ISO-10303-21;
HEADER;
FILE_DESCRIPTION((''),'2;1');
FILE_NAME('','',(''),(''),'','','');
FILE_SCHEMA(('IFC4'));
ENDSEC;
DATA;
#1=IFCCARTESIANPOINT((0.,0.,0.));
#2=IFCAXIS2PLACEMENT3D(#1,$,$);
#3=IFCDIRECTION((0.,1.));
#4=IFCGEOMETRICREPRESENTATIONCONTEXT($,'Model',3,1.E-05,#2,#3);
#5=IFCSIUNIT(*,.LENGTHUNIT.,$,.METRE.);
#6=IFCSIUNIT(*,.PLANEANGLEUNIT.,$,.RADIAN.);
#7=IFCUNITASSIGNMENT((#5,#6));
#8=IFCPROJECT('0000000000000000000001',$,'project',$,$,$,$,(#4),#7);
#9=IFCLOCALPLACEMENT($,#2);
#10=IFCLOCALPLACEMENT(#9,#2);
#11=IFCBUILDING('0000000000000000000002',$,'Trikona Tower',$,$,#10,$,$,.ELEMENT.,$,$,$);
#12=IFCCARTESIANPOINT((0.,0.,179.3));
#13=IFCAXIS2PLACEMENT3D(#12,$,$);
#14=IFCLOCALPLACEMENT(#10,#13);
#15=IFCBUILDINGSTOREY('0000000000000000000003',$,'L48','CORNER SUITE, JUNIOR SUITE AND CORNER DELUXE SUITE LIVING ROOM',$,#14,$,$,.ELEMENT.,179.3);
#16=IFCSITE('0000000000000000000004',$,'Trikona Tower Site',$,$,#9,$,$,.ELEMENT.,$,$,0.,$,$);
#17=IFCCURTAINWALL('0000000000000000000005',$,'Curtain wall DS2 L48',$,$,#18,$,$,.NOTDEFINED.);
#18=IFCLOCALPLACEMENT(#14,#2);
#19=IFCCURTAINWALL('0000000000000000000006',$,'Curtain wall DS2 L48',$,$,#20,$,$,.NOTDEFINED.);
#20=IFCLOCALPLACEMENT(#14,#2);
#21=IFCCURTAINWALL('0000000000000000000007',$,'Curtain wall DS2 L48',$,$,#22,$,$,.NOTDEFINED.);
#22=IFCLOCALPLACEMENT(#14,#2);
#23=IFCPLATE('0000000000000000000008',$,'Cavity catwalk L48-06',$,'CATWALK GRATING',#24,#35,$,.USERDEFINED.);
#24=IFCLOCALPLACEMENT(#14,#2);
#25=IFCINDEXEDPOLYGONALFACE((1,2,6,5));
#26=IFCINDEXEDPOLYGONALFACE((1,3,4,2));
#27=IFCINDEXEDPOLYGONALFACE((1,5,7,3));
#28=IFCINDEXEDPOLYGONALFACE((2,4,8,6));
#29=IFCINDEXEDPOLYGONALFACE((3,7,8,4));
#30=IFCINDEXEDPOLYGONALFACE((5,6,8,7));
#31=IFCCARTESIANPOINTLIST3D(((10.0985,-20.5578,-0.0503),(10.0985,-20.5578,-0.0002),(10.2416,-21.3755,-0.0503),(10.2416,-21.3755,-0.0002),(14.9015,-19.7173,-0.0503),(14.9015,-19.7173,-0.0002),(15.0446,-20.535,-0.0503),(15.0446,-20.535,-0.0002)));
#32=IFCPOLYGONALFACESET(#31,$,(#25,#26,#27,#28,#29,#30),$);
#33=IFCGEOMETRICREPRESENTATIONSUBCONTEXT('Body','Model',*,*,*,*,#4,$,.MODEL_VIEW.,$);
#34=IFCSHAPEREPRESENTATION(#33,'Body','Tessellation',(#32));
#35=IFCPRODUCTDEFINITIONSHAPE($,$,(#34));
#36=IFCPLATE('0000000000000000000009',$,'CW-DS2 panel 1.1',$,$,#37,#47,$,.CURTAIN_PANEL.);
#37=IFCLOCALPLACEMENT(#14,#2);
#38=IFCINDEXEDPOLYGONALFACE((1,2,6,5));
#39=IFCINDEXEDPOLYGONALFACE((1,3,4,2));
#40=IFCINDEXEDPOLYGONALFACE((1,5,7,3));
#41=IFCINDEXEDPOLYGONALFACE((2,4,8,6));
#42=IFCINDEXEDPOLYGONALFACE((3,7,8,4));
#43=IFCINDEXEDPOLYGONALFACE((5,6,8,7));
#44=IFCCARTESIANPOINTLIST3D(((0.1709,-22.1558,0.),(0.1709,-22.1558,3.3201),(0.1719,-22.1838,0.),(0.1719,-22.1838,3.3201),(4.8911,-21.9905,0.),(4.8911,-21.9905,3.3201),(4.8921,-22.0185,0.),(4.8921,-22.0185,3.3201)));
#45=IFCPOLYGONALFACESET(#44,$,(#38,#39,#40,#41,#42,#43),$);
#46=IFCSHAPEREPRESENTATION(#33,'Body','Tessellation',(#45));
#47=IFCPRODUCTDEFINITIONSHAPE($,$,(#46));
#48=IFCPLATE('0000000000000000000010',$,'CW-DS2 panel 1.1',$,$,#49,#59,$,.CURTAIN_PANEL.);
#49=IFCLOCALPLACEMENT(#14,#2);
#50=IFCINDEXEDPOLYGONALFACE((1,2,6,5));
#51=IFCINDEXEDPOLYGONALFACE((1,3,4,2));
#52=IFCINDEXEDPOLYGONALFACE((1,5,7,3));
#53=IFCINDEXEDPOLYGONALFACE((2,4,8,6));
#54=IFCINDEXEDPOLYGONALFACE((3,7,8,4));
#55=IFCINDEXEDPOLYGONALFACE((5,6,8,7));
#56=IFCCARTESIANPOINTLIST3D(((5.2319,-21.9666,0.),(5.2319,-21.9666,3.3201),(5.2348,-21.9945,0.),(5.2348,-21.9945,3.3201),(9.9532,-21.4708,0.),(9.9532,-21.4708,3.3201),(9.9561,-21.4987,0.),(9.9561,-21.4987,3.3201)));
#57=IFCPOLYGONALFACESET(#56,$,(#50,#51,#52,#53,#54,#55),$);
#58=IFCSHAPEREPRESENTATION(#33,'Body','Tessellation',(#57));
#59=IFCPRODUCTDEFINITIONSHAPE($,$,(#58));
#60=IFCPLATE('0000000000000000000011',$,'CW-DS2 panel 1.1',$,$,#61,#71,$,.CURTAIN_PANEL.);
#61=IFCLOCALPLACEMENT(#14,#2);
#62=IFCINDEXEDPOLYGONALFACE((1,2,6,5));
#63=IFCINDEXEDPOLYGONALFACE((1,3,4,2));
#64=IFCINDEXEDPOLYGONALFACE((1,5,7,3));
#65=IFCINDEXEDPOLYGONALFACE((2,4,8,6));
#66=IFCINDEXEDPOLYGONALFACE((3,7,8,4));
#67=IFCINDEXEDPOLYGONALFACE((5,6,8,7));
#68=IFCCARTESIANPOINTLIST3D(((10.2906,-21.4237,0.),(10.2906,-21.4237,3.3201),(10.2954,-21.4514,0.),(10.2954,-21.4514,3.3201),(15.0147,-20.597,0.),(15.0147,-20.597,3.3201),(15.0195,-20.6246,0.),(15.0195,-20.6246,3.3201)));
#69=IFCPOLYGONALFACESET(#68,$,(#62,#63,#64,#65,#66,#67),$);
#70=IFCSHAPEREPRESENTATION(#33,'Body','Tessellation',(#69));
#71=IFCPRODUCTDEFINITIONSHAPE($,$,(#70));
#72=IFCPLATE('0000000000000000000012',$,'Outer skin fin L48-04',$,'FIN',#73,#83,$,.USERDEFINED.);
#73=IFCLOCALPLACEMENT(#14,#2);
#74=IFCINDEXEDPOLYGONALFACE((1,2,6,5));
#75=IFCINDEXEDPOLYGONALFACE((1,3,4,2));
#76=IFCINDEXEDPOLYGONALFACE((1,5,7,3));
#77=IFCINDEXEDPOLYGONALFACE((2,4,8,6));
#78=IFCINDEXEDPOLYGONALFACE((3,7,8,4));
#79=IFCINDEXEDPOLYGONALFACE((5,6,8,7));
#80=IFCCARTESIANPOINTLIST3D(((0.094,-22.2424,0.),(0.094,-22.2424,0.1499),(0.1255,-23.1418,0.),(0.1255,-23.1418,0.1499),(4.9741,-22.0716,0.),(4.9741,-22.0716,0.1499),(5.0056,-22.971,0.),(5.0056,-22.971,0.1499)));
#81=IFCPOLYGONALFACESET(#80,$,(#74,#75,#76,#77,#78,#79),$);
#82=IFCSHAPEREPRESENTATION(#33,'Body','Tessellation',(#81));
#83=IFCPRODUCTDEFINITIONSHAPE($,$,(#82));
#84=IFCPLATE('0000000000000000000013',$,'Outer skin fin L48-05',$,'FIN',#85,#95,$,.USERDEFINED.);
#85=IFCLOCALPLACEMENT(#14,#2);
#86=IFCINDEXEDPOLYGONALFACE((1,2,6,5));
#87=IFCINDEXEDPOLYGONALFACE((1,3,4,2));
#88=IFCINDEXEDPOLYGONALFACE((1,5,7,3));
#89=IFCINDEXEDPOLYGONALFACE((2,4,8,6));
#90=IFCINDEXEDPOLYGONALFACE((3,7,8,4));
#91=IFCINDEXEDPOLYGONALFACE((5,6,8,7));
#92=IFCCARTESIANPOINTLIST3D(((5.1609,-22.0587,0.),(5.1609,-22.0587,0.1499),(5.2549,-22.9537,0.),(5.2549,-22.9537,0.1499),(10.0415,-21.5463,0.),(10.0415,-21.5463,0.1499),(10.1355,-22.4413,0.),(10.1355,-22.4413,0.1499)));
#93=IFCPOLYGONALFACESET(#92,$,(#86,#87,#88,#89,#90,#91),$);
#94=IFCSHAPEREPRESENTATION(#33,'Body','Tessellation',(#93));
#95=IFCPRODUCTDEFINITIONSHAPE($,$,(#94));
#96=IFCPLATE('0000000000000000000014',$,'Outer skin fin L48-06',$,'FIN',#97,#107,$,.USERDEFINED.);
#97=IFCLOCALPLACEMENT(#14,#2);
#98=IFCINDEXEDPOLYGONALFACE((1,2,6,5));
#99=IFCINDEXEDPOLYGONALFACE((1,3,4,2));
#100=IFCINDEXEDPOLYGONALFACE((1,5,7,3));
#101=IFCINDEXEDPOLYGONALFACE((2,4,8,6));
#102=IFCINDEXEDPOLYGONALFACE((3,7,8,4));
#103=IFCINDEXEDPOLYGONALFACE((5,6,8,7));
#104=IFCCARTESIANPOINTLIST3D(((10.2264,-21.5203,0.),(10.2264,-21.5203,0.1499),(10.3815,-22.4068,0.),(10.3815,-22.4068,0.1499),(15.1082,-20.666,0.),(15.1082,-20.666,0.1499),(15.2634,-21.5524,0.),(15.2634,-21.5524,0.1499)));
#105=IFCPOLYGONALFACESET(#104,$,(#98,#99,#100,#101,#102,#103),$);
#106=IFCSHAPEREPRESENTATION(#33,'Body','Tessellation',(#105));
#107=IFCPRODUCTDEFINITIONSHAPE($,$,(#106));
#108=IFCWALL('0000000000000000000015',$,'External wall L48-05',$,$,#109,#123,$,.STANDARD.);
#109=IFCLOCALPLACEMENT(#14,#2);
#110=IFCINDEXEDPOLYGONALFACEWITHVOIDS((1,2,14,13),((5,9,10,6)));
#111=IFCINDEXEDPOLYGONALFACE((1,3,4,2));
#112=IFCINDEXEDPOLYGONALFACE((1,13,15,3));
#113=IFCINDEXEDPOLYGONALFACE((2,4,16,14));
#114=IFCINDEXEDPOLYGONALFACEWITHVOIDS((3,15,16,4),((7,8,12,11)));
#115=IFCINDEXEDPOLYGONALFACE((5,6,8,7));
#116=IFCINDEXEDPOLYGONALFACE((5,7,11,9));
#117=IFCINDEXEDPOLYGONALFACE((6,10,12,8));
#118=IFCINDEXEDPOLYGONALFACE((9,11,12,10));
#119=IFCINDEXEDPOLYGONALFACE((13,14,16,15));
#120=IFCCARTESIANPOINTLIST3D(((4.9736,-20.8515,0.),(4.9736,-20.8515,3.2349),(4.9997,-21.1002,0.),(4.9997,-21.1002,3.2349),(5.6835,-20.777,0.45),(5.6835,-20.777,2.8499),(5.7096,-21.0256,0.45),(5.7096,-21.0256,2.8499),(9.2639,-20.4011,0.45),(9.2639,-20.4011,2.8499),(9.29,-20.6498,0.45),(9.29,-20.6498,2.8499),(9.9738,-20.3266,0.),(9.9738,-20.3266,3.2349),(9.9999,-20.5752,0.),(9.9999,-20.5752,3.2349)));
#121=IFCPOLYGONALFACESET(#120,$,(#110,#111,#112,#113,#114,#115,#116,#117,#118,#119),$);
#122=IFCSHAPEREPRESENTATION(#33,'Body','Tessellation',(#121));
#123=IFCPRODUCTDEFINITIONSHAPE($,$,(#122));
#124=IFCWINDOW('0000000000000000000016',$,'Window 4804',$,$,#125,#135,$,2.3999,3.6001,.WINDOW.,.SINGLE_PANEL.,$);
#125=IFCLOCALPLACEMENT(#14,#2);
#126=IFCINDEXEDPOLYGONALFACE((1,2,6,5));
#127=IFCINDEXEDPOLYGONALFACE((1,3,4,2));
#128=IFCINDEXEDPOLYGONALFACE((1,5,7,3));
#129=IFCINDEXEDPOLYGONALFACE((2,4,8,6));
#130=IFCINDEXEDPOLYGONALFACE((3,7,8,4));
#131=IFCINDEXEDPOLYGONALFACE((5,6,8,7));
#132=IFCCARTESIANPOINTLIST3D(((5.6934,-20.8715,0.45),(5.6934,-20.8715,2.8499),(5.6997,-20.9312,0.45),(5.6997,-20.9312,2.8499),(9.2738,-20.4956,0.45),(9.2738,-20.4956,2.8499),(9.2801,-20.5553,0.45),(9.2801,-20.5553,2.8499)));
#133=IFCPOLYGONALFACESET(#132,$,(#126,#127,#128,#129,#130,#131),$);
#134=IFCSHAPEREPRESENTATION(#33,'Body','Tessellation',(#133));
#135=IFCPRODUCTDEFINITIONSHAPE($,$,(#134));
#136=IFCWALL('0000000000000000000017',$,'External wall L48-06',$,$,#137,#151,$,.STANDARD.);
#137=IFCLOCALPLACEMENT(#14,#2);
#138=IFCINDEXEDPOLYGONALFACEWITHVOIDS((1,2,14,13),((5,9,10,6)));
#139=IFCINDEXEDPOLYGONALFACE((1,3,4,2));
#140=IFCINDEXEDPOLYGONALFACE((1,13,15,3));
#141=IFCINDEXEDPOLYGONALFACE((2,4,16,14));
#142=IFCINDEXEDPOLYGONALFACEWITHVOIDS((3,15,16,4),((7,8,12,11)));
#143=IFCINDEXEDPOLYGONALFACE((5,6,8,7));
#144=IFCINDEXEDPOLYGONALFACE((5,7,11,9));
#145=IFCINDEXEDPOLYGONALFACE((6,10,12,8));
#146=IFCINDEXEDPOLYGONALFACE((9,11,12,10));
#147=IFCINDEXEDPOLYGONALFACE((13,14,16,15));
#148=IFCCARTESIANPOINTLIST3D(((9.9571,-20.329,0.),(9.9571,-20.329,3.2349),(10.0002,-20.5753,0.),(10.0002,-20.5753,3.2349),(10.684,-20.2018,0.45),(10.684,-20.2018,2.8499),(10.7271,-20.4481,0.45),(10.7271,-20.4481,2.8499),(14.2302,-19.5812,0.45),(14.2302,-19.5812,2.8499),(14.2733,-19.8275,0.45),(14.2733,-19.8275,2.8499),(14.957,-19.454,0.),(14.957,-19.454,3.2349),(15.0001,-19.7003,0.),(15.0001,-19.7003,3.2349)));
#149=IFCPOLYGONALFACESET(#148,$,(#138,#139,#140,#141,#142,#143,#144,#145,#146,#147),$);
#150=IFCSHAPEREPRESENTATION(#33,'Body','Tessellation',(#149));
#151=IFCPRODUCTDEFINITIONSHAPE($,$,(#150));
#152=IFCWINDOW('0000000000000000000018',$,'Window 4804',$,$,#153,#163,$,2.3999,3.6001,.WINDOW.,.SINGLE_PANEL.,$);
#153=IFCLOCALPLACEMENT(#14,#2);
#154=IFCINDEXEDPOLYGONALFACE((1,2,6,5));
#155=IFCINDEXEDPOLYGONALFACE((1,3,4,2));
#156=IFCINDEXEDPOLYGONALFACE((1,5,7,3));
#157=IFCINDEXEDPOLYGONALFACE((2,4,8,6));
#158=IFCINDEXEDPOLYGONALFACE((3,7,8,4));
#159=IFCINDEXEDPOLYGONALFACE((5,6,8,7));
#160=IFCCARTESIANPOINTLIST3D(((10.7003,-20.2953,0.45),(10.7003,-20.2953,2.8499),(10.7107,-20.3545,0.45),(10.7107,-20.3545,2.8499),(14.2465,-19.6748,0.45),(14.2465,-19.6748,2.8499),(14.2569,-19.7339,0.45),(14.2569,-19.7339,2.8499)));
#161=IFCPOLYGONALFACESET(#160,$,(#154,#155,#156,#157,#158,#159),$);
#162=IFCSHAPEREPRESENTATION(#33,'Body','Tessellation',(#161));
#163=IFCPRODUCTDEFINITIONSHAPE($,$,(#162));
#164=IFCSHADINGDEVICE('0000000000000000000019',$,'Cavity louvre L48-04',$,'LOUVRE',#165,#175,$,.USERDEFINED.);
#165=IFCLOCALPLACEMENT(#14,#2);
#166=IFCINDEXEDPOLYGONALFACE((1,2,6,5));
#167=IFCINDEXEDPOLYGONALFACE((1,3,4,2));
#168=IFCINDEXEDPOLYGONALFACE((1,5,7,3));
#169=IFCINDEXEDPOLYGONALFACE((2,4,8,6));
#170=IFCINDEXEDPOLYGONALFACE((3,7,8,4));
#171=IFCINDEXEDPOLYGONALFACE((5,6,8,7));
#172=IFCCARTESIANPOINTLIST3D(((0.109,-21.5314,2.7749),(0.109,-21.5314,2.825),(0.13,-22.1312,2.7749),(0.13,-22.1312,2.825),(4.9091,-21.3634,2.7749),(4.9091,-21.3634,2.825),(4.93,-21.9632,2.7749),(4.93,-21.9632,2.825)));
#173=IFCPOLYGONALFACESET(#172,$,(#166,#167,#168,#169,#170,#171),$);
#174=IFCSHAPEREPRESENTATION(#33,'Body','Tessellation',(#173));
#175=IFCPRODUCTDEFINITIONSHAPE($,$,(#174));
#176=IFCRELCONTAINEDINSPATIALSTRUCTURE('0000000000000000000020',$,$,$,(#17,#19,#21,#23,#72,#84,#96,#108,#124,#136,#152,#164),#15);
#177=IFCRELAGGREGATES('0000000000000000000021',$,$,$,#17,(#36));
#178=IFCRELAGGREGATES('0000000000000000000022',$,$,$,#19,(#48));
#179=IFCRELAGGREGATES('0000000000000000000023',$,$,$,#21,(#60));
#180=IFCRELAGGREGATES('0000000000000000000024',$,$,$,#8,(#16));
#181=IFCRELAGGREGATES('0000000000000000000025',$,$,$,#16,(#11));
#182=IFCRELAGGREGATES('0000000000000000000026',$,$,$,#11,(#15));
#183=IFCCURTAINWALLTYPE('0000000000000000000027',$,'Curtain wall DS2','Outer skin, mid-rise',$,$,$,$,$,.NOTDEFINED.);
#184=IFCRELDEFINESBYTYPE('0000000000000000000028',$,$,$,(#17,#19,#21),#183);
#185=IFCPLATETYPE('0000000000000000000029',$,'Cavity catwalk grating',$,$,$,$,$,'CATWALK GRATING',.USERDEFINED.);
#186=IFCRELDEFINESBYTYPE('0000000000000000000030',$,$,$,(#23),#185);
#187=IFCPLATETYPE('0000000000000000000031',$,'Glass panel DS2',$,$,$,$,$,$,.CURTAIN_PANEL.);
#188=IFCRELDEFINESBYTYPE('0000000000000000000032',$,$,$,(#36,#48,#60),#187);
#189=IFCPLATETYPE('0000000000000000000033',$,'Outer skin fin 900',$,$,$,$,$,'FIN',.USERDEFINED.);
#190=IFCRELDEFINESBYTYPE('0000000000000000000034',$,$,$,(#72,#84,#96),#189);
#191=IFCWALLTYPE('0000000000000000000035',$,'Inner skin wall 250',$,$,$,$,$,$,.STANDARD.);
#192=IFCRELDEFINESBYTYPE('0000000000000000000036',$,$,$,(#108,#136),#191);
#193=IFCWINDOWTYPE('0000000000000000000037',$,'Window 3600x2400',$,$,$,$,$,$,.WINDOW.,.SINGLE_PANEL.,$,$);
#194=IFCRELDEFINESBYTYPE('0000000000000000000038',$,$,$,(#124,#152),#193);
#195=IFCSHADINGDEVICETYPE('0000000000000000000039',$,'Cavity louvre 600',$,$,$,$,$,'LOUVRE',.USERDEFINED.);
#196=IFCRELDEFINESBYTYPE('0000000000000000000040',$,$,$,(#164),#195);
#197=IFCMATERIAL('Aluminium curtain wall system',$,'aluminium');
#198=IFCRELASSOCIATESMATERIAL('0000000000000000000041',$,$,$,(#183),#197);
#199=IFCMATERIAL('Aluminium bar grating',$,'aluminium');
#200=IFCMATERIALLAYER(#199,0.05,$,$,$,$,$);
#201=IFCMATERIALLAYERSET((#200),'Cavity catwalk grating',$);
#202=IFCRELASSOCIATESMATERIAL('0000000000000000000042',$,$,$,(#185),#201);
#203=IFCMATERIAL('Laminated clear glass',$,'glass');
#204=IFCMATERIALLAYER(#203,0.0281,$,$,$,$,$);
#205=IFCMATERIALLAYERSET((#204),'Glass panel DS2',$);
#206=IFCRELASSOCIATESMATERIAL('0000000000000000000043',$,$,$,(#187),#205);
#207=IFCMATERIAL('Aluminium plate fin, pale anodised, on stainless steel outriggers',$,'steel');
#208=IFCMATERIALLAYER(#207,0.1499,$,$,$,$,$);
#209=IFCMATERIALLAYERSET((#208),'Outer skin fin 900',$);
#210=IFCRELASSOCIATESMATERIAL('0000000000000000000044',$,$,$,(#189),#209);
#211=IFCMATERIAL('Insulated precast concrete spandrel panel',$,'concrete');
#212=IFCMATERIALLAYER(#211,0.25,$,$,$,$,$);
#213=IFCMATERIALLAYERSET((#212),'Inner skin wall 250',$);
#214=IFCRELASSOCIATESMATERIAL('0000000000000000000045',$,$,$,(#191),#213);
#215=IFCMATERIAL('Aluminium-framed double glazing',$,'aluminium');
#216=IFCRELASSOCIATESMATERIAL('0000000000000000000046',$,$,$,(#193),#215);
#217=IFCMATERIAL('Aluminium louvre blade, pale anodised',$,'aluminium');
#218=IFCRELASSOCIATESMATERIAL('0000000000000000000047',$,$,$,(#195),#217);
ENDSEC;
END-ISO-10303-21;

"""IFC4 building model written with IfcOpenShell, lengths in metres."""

from ifc_helpers import new_model, si_unit, direction, frame, frame_2d, origin, origin_2d, place, context, subcontext, project, spatial, rectangle, extrude, material, layer, layer_set, type_object, element, fill, aggregate, save


model = new_model("IFC4")

# Units and contexts
model_context = context("Model", 3, precision=1e-05, world=origin(), true_north=direction((0.0, 1.0)))
body_context = subcontext(model_context, "Body", "Model", "MODEL_VIEW")
ifc_project = project(units=[si_unit("LENGTHUNIT", "METRE"), si_unit("PLANEANGLEUNIT", "RADIAN")], contexts=[model_context])

# Site, building, storey
site_placement = place(None, origin())
site = spatial("IfcSite", under=ifc_project, at=site_placement, Name="Trikona Tower Site", CompositionType="ELEMENT", RefElevation=0.0)
building_placement = place(site_placement, origin())
building = spatial("IfcBuilding", under=site, at=building_placement, Name="Trikona Tower", CompositionType="ELEMENT")
storey_placement = place(building_placement, frame((0.0, 0.0, 179.3)))
storey = spatial("IfcBuildingStorey", under=building, at=storey_placement, Name="L48", Description="CORNER SUITE, JUNIOR SUITE AND CORNER DELUXE SUITE LIVING ROOM", CompositionType="ELEMENT", Elevation=179.3)

# Curtain walls
ifc_material_1 = material(Name="Aluminium curtain wall system", Category="aluminium")
curtain_wall_type = type_object("IfcCurtainWallType", Name="Curtain wall DS2", Description="Outer skin, mid-rise", PredefinedType="NOTDEFINED", material=ifc_material_1)
curtain_wall_1_placement = place(storey_placement, origin())
curtain_wall_1 = element("IfcCurtainWall", 1, at=curtain_wall_1_placement, inside=storey, type_object=curtain_wall_type, Name="Curtain wall DS2 L48", PredefinedType="NOTDEFINED")
curtain_wall_2_placement = place(storey_placement, origin())
curtain_wall_2 = element("IfcCurtainWall", 2, at=curtain_wall_2_placement, inside=storey, type_object=curtain_wall_type, Name="Curtain wall DS2 L48", PredefinedType="NOTDEFINED")

# Curtain wall
curtain_wall_3_placement = place(storey_placement, origin())
curtain_wall_3 = element("IfcCurtainWall", 3, at=curtain_wall_3_placement, inside=storey, type_object=curtain_wall_type, Name="Curtain wall DS2 L48", PredefinedType="NOTDEFINED")

# Plate
ifc_material_2 = material(Name="Aluminium bar grating", Category="aluminium")
ifc_layer_1 = layer(ifc_material_2, 0.05)
ifc_layer_set_1 = layer_set([ifc_layer_1], Name="Cavity catwalk grating")
plate_type_1 = type_object("IfcPlateType", Name="Cavity catwalk grating", ElementType="CATWALK GRATING", PredefinedType="USERDEFINED", material=ifc_layer_set_1)
plate_1_placement = place(storey_placement, frame((12.5715, -20.5464, -0.0503), z_axis=(0.0, 0.0, 1.0), x_axis=(0.985031, 0.17238, 0.0)))
element("IfcPlate", 4, at=plate_1_placement, inside=storey, type_object=plate_type_1, Name="Cavity catwalk L48-06", ObjectType="CATWALK GRATING", PredefinedType="USERDEFINED", context=body_context, shape_type="SweptSolid", body=[
    extrude(rectangle(XDim=4.876, YDim=0.8301, at=origin_2d()), origin(), (0.0, 0.0, 1.0), 0.05),
])

# Plates
ifc_material_3 = material(Name="Laminated clear glass", Category="glass")
ifc_layer_2 = layer(ifc_material_3, 0.0281)
ifc_layer_set_2 = layer_set([ifc_layer_2], Name="Glass panel DS2")
plate_type_2 = type_object("IfcPlateType", Name="Glass panel DS2", PredefinedType="CURTAIN_PANEL", material=ifc_layer_set_2)
plate_2_placement = place(storey_placement, frame((2.5315, -22.0872, 0.0), z_axis=(0.0, 0.0, 1.0), x_axis=(0.999387, 0.034998, 0.0)))
plate_2 = element("IfcPlate", 5, at=plate_2_placement, type_object=plate_type_2, Name="CW-DS2 panel 1.1", PredefinedType="CURTAIN_PANEL", context=body_context, shape_type="SweptSolid", body=[
    extrude(rectangle(XDim=4.7231, YDim=0.0281, at=origin_2d()), origin(), (0.0, 0.0, 1.0), 3.3201),
])
aggregate(curtain_wall_1, [plate_2])
plate_3_placement = place(storey_placement, frame((7.594, -21.7327, 0.0), z_axis=(0.0, 0.0, 1.0), x_axis=(0.994532, 0.104433, 0.0)))
plate_3 = element("IfcPlate", 6, at=plate_3_placement, type_object=plate_type_2, Name="CW-DS2 panel 1.1", PredefinedType="CURTAIN_PANEL", context=body_context, shape_type="SweptSolid", body=[
    extrude(rectangle(XDim=4.7473, YDim=0.0281, at=origin_2d()), origin(), (0.0, 0.0, 1.0), 3.3201),
])
aggregate(curtain_wall_2, [plate_3])
plate_4_placement = place(storey_placement, frame((12.655, -21.0242, 0.0), z_axis=(0.0, 0.0, 1.0), x_axis=(0.985031, 0.172377, 0.0)))
plate_4 = element("IfcPlate", 7, at=plate_4_placement, type_object=plate_type_2, Name="CW-DS2 panel 1.1", PredefinedType="CURTAIN_PANEL", context=body_context, shape_type="SweptSolid", body=[
    extrude(rectangle(XDim=4.7959, YDim=0.0281, at=origin_2d()), origin(), (0.0, 0.0, 1.0), 3.3201),
])
aggregate(curtain_wall_3, [plate_4])

# Plates
ifc_material_4 = material(Name="Aluminium plate fin, pale anodised, on stainless steel outriggers", Category="steel")
ifc_layer_3 = layer(ifc_material_4, 0.1499)
ifc_layer_set_3 = layer_set([ifc_layer_3], Name="Outer skin fin 900")
plate_type_3 = type_object("IfcPlateType", Name="Outer skin fin 900", ElementType="FIN", PredefinedType="USERDEFINED", material=ifc_layer_set_3)
plate_5_placement = place(storey_placement, frame((2.5498, -22.6067, 0.0), z_axis=(0.0, 0.0, 1.0), x_axis=(0.999388, 0.034978, 0.0)))
element("IfcPlate", 8, at=plate_5_placement, inside=storey, type_object=plate_type_3, Name="Outer skin fin L48-04", ObjectType="FIN", PredefinedType="USERDEFINED", context=body_context, shape_type="SweptSolid", body=[
    extrude(rectangle(XDim=4.8831, YDim=0.8999, at=origin_2d()), origin(), (0.0, 0.0, 1.0), 0.1499),
])
plate_6_placement = place(storey_placement, frame((7.6482, -22.25, 0.0), z_axis=(0.0, 0.0, 1.0), x_axis=(0.994533, 0.104426, 0.0)))
element("IfcPlate", 9, at=plate_6_placement, inside=storey, type_object=plate_type_3, Name="Outer skin fin L48-05", ObjectType="FIN", PredefinedType="USERDEFINED", context=body_context, shape_type="SweptSolid", body=[
    extrude(rectangle(XDim=4.9075, YDim=0.8999, at=origin_2d()), origin(), (0.0, 0.0, 1.0), 0.1499),
])
plate_7_placement = place(storey_placement, frame((12.7449, -21.5364, 0.0), z_axis=(0.0, 0.0, 1.0), x_axis=(0.985031, 0.17238, 0.0)))
element("IfcPlate", 10, at=plate_7_placement, inside=storey, type_object=plate_type_3, Name="Outer skin fin L48-06", ObjectType="FIN", PredefinedType="USERDEFINED", context=body_context, shape_type="SweptSolid", body=[
    extrude(rectangle(XDim=4.9561, YDim=0.8999, at=origin_2d()), origin(), (0.0, 0.0, 1.0), 0.1499),
])

# Walls, openings, windows
ifc_material_5 = material(Name="Insulated precast concrete spandrel panel", Category="concrete")
ifc_layer_4 = layer(ifc_material_5, 0.25)
ifc_layer_set_4 = layer_set([ifc_layer_4], Name="Inner skin wall 250")
wall_type = type_object("IfcWallType", Name="Inner skin wall 250", PredefinedType="STANDARD", material=ifc_layer_set_4)
wall_1_placement = place(storey_placement, frame((4.9868, -20.9758, 0.0), z_axis=(0.0, 0.0, 1.0), x_axis=(0.994535, 0.104407, 0.0)))
wall_1 = element("IfcWall", 11, at=wall_1_placement, inside=storey, type_object=wall_type, Name="External wall L48-05", PredefinedType="STANDARD", context=body_context, shape_type="SweptSolid", body=[
    extrude(rectangle(XDim=5.0276, YDim=0.25, at=frame_2d((2.5137, 0.0))), origin(), (0.0, 0.0, 1.0), 3.2349),
])
opening_1_placement = place(wall_1_placement, frame((0.7136, 0.0, 0.45)))
opening_1 = element("IfcOpeningElement", 12, at=opening_1_placement, cuts=wall_1, PredefinedType="OPENING", context=body_context, shape_type="SweptSolid", body=[
    extrude(rectangle(XDim=3.6001, YDim=2.3999, at=frame_2d((1.8, 1.2))), frame((0.0, 0.135, 0.0), z_axis=(0.0, -1.0, 0.0), x_axis=(1.0, 0.0, 0.0)), (0.0, 0.0, 1.0), 0.27),
])
ifc_material_6 = material(Name="Aluminium-framed double glazing", Category="aluminium")
window_type = type_object("IfcWindowType", Name="Window 3600x2400", PartitioningType="SINGLE_PANEL", PredefinedType="WINDOW", material=ifc_material_6)
window_1_placement = place(opening_1_placement, origin())
window_1 = element("IfcWindow", 13, at=window_1_placement, inside=storey, type_object=window_type, Name="Window 4804", OverallHeight=2.3999, OverallWidth=3.6001, PartitioningType="SINGLE_PANEL", PredefinedType="WINDOW", context=body_context, shape_type="SweptSolid", body=[
    extrude(rectangle(XDim=3.6001, YDim=2.3999, at=frame_2d((1.8, 1.2))), frame((0.0, 0.03, 0.0), z_axis=(0.0, -1.0, 0.0), x_axis=(1.0, 0.0, 0.0)), (0.0, 0.0, 1.0), 0.0601),
])
fill(opening_1, window_1)
wall_2_placement = place(storey_placement, frame((9.9785, -20.4521, 0.0), z_axis=(0.0, 0.0, 1.0), x_axis=(0.98503, 0.17238, 0.0)))
wall_2 = element("IfcWall", 14, at=wall_2_placement, inside=storey, type_object=wall_type, Name="External wall L48-06", PredefinedType="STANDARD", context=body_context, shape_type="SweptSolid", body=[
    extrude(rectangle(XDim=5.0759, YDim=0.25, at=frame_2d((2.5381, 0.0))), origin(), (0.0, 0.0, 1.0), 3.2349),
])
opening_2_placement = place(wall_2_placement, frame((0.738, 0.0, 0.45)))
opening_2 = element("IfcOpeningElement", 15, at=opening_2_placement, cuts=wall_2, PredefinedType="OPENING", context=body_context, shape_type="SweptSolid", body=[
    extrude(rectangle(XDim=3.6001, YDim=2.3999, at=frame_2d((1.8, 1.2))), frame((0.0, 0.135, 0.0), z_axis=(0.0, -1.0, 0.0), x_axis=(1.0, 0.0, 0.0)), (0.0, 0.0, 1.0), 0.27),
])
window_2_placement = place(opening_2_placement, origin())
window_2 = element("IfcWindow", 16, at=window_2_placement, inside=storey, type_object=window_type, Name="Window 4804", OverallHeight=2.3999, OverallWidth=3.6001, PartitioningType="SINGLE_PANEL", PredefinedType="WINDOW", context=body_context, shape_type="SweptSolid", body=[
    extrude(rectangle(XDim=3.6001, YDim=2.3999, at=frame_2d((1.8, 1.2))), frame((0.0, 0.03, 0.0), z_axis=(0.0, -1.0, 0.0), x_axis=(1.0, 0.0, 0.0)), (0.0, 0.0, 1.0), 0.0601),
])
fill(opening_2, window_2)

# Shading device
ifc_material_7 = material(Name="Aluminium louvre blade, pale anodised", Category="aluminium")
shading_device_type = type_object("IfcShadingDeviceType", Name="Cavity louvre 600", ElementType="LOUVRE", PredefinedType="USERDEFINED", material=ifc_material_7)
shading_device_1_placement = place(storey_placement, frame((2.5195, -21.7473, 2.7749), z_axis=(0.0, 0.0, 1.0), x_axis=(0.999388, 0.034978, 0.0)))
element("IfcShadingDevice", 17, at=shading_device_1_placement, inside=storey, type_object=shading_device_type, Name="Cavity louvre L48-04", ObjectType="LOUVRE", PredefinedType="USERDEFINED", context=body_context, shape_type="SweptSolid", body=[
    extrude(rectangle(XDim=4.803, YDim=0.6001, at=origin_2d()), origin(), (0.0, 0.0, 1.0), 0.05),
])

save(model, "model.ifc")
